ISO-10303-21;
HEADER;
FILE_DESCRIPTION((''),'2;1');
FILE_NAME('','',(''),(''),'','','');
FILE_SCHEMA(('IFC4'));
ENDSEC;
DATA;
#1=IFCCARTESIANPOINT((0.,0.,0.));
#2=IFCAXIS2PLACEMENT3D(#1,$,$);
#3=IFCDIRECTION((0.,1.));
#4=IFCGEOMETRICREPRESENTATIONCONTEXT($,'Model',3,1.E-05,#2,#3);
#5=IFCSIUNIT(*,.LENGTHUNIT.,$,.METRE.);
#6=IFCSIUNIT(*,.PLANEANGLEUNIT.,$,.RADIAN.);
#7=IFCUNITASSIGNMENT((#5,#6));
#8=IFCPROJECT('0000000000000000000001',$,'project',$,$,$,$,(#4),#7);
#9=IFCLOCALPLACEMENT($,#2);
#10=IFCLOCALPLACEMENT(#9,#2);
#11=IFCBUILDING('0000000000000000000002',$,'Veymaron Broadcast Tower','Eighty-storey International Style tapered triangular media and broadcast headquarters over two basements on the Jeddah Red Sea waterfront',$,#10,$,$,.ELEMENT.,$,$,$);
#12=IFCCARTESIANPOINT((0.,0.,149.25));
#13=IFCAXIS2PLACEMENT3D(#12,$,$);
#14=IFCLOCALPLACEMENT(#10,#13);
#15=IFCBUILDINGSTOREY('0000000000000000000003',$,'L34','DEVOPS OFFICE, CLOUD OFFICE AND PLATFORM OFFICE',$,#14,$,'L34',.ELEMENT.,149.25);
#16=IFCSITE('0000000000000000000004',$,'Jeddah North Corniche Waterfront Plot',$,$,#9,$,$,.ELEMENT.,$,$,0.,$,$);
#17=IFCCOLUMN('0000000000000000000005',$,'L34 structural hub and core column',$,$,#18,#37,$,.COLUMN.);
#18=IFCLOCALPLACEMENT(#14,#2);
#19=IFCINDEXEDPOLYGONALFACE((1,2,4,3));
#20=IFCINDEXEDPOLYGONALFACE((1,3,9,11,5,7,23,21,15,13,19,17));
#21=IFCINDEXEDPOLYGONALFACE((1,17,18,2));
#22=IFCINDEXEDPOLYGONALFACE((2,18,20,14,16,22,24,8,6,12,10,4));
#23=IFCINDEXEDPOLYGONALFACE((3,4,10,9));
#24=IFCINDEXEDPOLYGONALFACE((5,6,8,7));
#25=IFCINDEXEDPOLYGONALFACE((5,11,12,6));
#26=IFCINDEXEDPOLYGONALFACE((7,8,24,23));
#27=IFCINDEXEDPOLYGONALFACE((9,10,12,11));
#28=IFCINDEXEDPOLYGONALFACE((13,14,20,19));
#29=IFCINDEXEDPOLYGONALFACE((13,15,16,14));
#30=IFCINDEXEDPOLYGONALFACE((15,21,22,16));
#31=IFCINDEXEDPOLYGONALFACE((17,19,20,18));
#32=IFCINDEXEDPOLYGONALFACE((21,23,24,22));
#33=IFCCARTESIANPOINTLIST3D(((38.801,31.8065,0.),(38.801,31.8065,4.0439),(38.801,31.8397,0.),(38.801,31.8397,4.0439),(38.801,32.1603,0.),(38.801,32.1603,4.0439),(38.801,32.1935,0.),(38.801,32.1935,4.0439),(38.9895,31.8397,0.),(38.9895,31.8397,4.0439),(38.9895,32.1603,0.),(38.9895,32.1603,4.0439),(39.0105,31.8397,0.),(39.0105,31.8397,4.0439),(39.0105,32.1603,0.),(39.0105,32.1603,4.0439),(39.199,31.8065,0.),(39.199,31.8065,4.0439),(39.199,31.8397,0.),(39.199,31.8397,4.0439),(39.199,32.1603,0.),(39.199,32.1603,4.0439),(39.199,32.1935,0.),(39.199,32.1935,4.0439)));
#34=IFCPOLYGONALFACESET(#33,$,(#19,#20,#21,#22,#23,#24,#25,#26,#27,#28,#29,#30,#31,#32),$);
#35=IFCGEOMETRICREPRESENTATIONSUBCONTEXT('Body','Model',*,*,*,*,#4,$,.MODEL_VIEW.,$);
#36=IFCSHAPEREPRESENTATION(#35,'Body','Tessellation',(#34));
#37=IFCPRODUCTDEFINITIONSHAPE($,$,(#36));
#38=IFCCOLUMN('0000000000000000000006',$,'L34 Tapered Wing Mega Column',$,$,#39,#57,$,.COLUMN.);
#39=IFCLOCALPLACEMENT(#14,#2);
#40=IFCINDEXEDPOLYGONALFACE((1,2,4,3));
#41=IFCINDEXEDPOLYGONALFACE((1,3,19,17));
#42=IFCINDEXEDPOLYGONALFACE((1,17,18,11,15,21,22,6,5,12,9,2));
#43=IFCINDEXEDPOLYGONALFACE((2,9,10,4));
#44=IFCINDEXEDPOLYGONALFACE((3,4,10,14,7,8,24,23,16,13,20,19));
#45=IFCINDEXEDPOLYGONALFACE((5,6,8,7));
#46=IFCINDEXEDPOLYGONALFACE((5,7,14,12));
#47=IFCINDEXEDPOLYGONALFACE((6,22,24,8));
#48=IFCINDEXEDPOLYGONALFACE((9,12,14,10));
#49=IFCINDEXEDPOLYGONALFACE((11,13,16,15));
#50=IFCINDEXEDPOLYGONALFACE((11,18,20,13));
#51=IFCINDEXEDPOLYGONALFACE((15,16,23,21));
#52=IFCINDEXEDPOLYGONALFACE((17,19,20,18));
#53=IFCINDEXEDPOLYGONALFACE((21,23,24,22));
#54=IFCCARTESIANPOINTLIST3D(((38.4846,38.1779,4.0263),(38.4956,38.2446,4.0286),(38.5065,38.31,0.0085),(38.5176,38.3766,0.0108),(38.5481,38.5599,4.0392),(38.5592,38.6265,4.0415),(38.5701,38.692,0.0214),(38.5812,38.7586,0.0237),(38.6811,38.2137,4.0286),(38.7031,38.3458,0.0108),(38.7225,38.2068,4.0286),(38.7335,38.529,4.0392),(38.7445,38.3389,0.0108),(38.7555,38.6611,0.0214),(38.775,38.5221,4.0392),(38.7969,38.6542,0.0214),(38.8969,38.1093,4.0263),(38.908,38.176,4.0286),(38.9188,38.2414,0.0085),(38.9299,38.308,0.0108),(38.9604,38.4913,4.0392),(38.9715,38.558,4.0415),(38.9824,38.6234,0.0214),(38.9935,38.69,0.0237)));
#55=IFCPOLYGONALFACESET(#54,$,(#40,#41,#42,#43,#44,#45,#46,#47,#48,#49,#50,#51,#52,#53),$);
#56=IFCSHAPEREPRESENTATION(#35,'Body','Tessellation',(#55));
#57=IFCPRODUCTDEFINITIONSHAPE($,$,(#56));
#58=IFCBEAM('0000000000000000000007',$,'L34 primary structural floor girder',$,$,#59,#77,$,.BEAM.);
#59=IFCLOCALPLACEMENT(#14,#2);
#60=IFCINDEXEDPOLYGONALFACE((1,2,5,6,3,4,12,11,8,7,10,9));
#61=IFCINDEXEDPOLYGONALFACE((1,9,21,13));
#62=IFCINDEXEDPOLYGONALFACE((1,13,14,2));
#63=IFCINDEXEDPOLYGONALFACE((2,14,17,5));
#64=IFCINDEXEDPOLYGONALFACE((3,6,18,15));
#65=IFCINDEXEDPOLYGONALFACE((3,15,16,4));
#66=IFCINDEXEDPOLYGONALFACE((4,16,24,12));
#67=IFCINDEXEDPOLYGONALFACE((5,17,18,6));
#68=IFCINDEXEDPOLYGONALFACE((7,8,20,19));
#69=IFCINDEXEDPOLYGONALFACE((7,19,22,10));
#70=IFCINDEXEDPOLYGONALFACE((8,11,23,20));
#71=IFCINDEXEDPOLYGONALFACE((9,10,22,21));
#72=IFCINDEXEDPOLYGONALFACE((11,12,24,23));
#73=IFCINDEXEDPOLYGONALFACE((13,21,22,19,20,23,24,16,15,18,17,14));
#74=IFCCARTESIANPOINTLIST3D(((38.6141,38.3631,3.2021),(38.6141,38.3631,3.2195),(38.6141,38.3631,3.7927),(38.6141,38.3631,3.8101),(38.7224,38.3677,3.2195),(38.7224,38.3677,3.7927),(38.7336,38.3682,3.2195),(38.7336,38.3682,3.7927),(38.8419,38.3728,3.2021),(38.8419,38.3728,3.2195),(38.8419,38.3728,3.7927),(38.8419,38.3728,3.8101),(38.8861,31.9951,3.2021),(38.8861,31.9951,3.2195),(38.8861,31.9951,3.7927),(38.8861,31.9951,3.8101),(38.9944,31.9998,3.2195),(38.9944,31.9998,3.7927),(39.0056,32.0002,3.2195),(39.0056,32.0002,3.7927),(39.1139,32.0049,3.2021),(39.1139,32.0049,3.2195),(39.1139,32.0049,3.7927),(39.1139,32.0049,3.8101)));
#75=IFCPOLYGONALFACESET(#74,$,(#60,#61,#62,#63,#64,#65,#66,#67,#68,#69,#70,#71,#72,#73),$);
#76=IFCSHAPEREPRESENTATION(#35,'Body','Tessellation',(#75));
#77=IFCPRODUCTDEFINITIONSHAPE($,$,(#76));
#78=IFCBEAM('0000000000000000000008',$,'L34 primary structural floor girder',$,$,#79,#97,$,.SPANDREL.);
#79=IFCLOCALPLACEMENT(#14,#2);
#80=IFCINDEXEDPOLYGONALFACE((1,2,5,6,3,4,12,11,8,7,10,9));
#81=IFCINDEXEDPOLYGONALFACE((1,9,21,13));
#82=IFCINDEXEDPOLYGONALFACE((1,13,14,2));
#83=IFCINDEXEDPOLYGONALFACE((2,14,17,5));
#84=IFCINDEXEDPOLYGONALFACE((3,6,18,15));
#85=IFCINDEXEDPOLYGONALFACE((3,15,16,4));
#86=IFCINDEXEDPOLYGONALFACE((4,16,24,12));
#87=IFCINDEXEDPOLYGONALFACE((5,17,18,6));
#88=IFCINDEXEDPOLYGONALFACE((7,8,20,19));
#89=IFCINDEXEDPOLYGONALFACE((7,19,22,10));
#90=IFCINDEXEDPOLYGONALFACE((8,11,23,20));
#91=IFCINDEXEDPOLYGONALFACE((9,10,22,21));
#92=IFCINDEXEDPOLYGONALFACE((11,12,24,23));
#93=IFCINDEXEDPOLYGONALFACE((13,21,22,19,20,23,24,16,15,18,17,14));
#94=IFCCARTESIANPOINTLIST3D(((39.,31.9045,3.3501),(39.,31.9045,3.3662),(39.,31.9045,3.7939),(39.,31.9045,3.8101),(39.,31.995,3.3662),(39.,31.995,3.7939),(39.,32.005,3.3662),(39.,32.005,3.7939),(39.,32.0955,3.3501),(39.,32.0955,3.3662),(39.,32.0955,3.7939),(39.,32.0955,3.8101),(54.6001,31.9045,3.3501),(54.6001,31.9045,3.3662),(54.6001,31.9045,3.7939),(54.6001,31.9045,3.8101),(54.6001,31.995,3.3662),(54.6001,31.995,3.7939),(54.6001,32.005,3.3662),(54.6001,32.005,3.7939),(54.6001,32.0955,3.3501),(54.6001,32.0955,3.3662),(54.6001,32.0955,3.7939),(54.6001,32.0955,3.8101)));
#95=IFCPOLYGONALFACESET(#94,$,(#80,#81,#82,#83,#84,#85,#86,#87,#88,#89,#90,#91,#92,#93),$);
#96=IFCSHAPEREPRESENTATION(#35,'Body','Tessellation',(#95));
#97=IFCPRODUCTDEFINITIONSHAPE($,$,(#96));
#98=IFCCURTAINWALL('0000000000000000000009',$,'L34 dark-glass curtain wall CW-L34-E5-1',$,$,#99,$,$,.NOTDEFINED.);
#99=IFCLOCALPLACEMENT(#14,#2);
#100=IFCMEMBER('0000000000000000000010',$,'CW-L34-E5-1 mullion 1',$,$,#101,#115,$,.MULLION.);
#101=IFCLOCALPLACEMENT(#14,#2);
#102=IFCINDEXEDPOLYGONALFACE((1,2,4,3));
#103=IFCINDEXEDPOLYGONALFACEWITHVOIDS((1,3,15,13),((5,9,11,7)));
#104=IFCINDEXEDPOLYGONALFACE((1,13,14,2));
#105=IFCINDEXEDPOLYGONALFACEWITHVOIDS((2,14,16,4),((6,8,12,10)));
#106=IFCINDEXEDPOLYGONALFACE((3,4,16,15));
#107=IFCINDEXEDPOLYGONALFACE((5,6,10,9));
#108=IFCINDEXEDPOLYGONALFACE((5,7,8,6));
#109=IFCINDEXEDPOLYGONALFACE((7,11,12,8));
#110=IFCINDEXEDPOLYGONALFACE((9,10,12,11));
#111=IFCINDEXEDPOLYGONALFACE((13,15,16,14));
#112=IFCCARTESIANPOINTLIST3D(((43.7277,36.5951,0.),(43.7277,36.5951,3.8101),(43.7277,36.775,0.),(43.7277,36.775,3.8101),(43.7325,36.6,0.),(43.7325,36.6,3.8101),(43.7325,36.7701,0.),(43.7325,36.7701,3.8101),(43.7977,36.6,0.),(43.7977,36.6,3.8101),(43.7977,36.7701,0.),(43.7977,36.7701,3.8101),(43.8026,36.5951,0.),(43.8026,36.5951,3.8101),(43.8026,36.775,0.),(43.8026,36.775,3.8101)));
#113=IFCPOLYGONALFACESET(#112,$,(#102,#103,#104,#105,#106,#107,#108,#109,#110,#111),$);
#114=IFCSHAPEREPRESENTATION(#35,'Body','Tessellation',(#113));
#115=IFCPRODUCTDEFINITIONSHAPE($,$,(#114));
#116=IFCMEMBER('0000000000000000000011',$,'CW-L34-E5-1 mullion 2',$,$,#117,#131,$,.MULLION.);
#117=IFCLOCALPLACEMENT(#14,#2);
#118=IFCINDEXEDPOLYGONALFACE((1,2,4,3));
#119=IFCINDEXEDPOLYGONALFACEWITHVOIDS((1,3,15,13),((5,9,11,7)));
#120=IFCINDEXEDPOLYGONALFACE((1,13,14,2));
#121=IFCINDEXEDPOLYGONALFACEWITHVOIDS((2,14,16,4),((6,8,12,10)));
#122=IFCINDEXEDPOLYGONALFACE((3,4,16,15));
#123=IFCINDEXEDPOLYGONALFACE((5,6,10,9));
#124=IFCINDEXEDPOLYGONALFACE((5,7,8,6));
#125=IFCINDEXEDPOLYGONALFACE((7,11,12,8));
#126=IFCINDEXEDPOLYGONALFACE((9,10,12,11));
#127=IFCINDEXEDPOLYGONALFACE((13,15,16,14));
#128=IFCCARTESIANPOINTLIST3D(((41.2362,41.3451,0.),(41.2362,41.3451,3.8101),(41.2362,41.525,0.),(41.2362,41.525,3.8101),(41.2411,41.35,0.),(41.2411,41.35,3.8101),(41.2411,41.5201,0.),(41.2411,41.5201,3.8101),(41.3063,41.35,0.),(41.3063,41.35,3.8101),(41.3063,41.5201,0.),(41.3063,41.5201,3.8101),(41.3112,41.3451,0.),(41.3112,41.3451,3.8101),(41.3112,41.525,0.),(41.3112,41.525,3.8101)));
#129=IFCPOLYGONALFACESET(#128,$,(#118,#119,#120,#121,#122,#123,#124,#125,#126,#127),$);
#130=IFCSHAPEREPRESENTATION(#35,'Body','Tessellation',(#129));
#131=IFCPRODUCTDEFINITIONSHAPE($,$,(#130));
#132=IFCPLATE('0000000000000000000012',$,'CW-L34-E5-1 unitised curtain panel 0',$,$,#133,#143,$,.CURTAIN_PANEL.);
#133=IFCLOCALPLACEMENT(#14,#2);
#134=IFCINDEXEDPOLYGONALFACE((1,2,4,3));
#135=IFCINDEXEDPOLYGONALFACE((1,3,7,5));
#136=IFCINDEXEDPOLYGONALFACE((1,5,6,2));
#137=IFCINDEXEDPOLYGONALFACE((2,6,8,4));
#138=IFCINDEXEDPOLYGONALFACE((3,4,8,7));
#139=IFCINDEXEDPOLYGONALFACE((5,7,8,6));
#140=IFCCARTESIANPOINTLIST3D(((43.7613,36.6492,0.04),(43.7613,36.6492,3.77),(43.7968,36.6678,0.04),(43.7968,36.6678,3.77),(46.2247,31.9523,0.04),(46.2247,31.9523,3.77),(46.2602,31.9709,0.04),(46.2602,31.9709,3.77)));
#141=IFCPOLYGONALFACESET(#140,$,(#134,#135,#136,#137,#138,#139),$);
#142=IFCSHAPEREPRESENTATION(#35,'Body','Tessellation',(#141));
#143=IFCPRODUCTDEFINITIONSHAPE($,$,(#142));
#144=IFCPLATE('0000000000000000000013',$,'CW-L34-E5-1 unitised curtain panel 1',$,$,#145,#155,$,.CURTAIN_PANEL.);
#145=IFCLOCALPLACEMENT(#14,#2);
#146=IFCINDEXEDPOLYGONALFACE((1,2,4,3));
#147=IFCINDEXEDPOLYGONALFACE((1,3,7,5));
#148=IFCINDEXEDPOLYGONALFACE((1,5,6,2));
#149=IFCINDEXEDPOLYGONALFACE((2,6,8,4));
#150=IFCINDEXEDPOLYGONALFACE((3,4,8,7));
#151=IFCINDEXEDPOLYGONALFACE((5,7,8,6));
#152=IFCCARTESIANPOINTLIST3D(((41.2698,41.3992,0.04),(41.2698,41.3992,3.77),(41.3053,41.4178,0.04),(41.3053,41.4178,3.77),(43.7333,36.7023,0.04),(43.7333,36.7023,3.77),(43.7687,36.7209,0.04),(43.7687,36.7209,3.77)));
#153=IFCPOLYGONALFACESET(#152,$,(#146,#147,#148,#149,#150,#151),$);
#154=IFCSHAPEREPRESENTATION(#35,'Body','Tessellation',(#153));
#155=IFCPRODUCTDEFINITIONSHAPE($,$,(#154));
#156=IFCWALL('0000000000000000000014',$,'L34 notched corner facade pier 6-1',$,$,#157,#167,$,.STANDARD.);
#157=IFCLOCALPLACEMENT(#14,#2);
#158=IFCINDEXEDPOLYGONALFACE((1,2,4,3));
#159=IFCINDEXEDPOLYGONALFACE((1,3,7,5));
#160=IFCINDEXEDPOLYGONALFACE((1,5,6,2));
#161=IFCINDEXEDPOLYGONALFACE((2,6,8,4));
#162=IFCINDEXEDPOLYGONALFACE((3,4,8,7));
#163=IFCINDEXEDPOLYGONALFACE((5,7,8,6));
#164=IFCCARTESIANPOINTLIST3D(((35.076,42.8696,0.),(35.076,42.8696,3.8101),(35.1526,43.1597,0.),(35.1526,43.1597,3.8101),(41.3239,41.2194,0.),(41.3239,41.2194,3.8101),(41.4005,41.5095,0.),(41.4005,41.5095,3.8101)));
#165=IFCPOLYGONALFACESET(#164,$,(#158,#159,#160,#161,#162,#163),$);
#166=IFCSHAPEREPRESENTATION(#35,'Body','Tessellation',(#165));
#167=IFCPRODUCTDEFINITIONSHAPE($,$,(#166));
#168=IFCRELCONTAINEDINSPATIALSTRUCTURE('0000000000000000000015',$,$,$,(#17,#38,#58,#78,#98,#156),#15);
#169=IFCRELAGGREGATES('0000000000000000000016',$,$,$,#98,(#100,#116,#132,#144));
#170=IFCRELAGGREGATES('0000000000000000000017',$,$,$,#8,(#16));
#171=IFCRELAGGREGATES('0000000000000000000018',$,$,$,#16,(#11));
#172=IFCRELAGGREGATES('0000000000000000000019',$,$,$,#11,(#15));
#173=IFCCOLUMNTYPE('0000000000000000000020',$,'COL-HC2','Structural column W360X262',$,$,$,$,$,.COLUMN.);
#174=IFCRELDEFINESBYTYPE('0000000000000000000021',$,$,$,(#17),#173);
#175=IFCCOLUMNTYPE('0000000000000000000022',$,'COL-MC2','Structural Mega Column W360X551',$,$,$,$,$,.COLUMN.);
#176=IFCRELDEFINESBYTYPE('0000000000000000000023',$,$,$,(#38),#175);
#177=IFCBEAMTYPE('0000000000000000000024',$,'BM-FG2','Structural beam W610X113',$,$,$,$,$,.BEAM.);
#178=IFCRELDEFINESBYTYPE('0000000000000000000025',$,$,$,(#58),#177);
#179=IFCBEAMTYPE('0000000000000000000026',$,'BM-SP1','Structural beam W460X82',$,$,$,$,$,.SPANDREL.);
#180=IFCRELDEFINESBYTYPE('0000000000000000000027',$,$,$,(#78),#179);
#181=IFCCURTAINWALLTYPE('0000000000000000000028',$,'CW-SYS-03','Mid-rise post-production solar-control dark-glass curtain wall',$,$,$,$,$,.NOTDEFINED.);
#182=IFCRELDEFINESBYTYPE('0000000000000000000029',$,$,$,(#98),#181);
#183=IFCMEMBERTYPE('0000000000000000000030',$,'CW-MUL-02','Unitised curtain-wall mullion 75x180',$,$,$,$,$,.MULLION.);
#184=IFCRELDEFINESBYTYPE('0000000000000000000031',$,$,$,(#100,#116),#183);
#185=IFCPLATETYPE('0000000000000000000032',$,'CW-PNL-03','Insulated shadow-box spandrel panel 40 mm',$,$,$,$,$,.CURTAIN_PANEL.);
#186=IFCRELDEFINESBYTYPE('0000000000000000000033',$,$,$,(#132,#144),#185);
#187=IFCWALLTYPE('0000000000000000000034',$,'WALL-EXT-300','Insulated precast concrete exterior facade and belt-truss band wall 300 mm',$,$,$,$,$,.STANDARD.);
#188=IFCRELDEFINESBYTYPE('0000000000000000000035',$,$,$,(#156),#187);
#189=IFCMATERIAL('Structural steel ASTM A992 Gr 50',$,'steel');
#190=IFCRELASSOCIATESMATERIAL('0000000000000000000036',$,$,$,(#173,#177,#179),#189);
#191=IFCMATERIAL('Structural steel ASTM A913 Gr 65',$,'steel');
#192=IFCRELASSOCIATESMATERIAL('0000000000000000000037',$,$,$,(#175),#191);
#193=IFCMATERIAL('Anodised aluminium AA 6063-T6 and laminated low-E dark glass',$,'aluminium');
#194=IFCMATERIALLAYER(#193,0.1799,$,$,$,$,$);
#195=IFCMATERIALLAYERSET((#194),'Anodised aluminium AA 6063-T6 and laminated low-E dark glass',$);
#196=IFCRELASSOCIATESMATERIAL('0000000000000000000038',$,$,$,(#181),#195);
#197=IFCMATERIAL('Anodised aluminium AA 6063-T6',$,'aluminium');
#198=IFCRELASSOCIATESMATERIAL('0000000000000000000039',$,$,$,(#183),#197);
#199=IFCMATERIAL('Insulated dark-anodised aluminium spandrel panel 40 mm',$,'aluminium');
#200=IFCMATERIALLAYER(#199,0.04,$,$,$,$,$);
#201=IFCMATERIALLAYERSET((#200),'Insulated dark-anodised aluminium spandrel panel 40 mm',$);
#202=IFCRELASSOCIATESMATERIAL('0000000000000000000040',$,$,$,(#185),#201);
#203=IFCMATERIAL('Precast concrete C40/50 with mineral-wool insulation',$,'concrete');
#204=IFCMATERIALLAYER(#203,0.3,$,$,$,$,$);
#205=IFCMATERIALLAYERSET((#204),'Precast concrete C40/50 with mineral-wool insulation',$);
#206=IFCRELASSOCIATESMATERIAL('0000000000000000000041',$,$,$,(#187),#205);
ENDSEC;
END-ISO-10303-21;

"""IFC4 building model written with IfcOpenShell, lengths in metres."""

from ifc_helpers import new_model, si_unit, direction, frame, frame_2d, origin, origin_2d, place, context, subcontext, project, spatial, rectangle, hollow_rectangle, i_section, extrude, material, layer, layer_set, material_profile, profile_set, type_object, element, aggregate, save


model = new_model("IFC4")

# Units and contexts
model_context = context("Model", 3, precision=1e-05, world=origin(), true_north=direction((0.0, 1.0)))
body_context = subcontext(model_context, "Body", "Model", "MODEL_VIEW")
ifc_project = project(units=[si_unit("LENGTHUNIT", "METRE"), si_unit("PLANEANGLEUNIT", "RADIAN")], contexts=[model_context])

# Site, building, storey
site_placement = place(None, origin())
site = spatial("IfcSite", under=ifc_project, at=site_placement, Name="Jeddah North Corniche Waterfront Plot", CompositionType="ELEMENT", RefElevation=0.0)
building_placement = place(site_placement, origin())
building = spatial("IfcBuilding", under=site, at=building_placement, Name="Veymaron Broadcast Tower", Description="Eighty-storey International Style tapered triangular media and broadcast headquarters over two basements on the Jeddah Red Sea waterfront", CompositionType="ELEMENT")
storey_placement = place(building_placement, frame((0.0, 0.0, 149.25)))
storey = spatial("IfcBuildingStorey", under=building, at=storey_placement, Name="L34", Description="DEVOPS OFFICE, CLOUD OFFICE AND PLATFORM OFFICE", LongName="L34", CompositionType="ELEMENT", Elevation=149.25)

# Columns
ifc_material_1 = material(Name="Structural steel ASTM A992 Gr 50", Category="steel")
ifc_material_profile_1 = material_profile(ifc_material_1, i_section(OverallWidth=0.3979, OverallDepth=0.387, WebThickness=0.021, FlangeThickness=0.0332, at=origin_2d()), Name="W360X262")
ifc_profile_set_1 = profile_set([ifc_material_profile_1], Name="Structural steel ASTM A992 Gr 50")
column_type_1 = type_object("IfcColumnType", Name="COL-HC2", Description="Structural column W360X262", PredefinedType="COLUMN", material=ifc_profile_set_1)
column_1_placement = place(storey_placement, frame((39.0, 32.0, 0.0), z_axis=(0.0, 0.0, 1.0), x_axis=(1.0, 0.0, 0.0)))
element("IfcColumn", 1, at=column_1_placement, inside=storey, type_object=column_type_1, Name="L34 structural hub and core column", PredefinedType="COLUMN", context=body_context, shape_type="SweptSolid", body=[
    extrude(i_section(OverallWidth=0.3979, OverallDepth=0.387, WebThickness=0.021, FlangeThickness=0.0332, at=origin_2d()), origin(), (0.0, 0.0, 1.0), 4.0439),
])
ifc_material_2 = material(Name="Structural steel ASTM A913 Gr 65", Category="steel")
ifc_material_profile_2 = material_profile(ifc_material_2, i_section(OverallWidth=0.418, OverallDepth=0.4551, WebThickness=0.042, FlangeThickness=0.0676, at=origin_2d()), Name="W360X551")
ifc_profile_set_2 = profile_set([ifc_material_profile_2], Name="Structural steel ASTM A913 Gr 65")
column_type_2 = type_object("IfcColumnType", Name="COL-MC2", Description="Structural Mega Column W360X551", PredefinedType="COLUMN", material=ifc_profile_set_2)
column_2_placement = place(storey_placement, frame((38.75, 38.5, 0.0161), z_axis=(-0.005466, -0.032855, 0.999445), x_axis=(0.986443, -0.164103, 0.0)))
element("IfcColumn", 2, at=column_2_placement, inside=storey, type_object=column_type_2, Name="L34 Tapered Wing Mega Column", PredefinedType="COLUMN", context=body_context, shape_type="SweptSolid", body=[
    extrude(i_section(OverallWidth=0.418, OverallDepth=0.4551, WebThickness=0.042, FlangeThickness=0.0676, at=origin_2d()), origin(), (0.0, 0.0, 1.0), 4.02),
])

# Beams
ifc_material_profile_3 = material_profile(ifc_material_1, i_section(OverallWidth=0.228, OverallDepth=0.6079, WebThickness=0.0112, FlangeThickness=0.0173, at=origin_2d()), Name="W610X113")
ifc_profile_set_3 = profile_set([ifc_material_profile_3], Name="Structural steel ASTM A992 Gr 50")
beam_type_1 = type_object("IfcBeamType", Name="BM-FG2", Description="Structural beam W610X113", PredefinedType="BEAM", material=ifc_profile_set_3)
beam_1_placement = place(storey_placement, frame((39.0, 32.0, 3.5061), z_axis=(-0.042671, 0.999089, 0.0), x_axis=(-0.999089, -0.042671, 0.0)))
element("IfcBeam", 3, at=beam_1_placement, inside=storey, type_object=beam_type_1, Name="L34 primary structural floor girder", PredefinedType="BEAM", context=body_context, shape_type="SweptSolid", body=[
    extrude(i_section(OverallWidth=0.228, OverallDepth=0.6079, WebThickness=0.0112, FlangeThickness=0.0173, at=origin_2d()), origin(), (0.0, 0.0, 1.0), 6.3738),
])
ifc_material_profile_4 = material_profile(ifc_material_1, i_section(OverallWidth=0.1909, OverallDepth=0.46, WebThickness=0.01, FlangeThickness=0.0161, at=origin_2d()), Name="W460X82")
ifc_profile_set_4 = profile_set([ifc_material_profile_4], Name="Structural steel ASTM A992 Gr 50")
beam_type_2 = type_object("IfcBeamType", Name="BM-SP1", Description="Structural beam W460X82", PredefinedType="SPANDREL", material=ifc_profile_set_4)
beam_2_placement = place(storey_placement, frame((39.0, 32.0, 3.5801), z_axis=(1.0, 0.0, 0.0), x_axis=(0.0, 1.0, 0.0)))
element("IfcBeam", 4, at=beam_2_placement, inside=storey, type_object=beam_type_2, Name="L34 primary structural floor girder", PredefinedType="SPANDREL", context=body_context, shape_type="SweptSolid", body=[
    extrude(i_section(OverallWidth=0.1909, OverallDepth=0.46, WebThickness=0.01, FlangeThickness=0.0161, at=origin_2d()), origin(), (0.0, 0.0, 1.0), 15.6001),
])

# Curtain wall, members, plates
ifc_material_3 = material(Name="Anodised aluminium AA 6063-T6 and laminated low-E dark glass", Category="aluminium")
ifc_layer_1 = layer(ifc_material_3, 0.1799)
ifc_layer_set_1 = layer_set([ifc_layer_1], Name="Anodised aluminium AA 6063-T6 and laminated low-E dark glass")
curtain_wall_type = type_object("IfcCurtainWallType", Name="CW-SYS-03", Description="Mid-rise post-production solar-control dark-glass curtain wall", PredefinedType="NOTDEFINED", material=ifc_layer_set_1)
curtain_wall_placement = place(storey_placement, origin())
curtain_wall = element("IfcCurtainWall", 5, at=curtain_wall_placement, inside=storey, type_object=curtain_wall_type, Name="L34 dark-glass curtain wall CW-L34-E5-1", PredefinedType="NOTDEFINED")
ifc_material_4 = material(Name="Anodised aluminium AA 6063-T6", Category="aluminium")
ifc_material_profile_5 = material_profile(ifc_material_4, hollow_rectangle(XDim=0.075, YDim=0.1799, WallThickness=0.0049, at=origin_2d()), Name="AL180X75X5")
ifc_profile_set_5 = profile_set([ifc_material_profile_5], Name="Anodised aluminium AA 6063-T6")
member_type = type_object("IfcMemberType", Name="CW-MUL-02", Description="Unitised curtain-wall mullion 75x180", PredefinedType="MULLION", material=ifc_profile_set_5)
member_1_placement = place(storey_placement, frame((43.7651, 36.6851, 0.0), z_axis=(0.0, 0.0, 1.0), x_axis=(1.0, 0.0, 0.0)))
member_1 = element("IfcMember", 6, at=member_1_placement, type_object=member_type, Name="CW-L34-E5-1 mullion 1", PredefinedType="MULLION", context=body_context, shape_type="SweptSolid", body=[
    extrude(hollow_rectangle(XDim=0.075, YDim=0.1799, WallThickness=0.0049, at=origin_2d()), origin(), (0.0, 0.0, 1.0), 3.8101),
])
member_2_placement = place(storey_placement, frame((41.2737, 41.4351, 0.0), z_axis=(0.0, 0.0, 1.0), x_axis=(1.0, 0.0, 0.0)))
member_2 = element("IfcMember", 7, at=member_2_placement, type_object=member_type, Name="CW-L34-E5-1 mullion 2", PredefinedType="MULLION", context=body_context, shape_type="SweptSolid", body=[
    extrude(hollow_rectangle(XDim=0.075, YDim=0.1799, WallThickness=0.0049, at=origin_2d()), origin(), (0.0, 0.0, 1.0), 3.8101),
])
ifc_material_5 = material(Name="Insulated dark-anodised aluminium spandrel panel 40 mm", Category="aluminium")
ifc_layer_2 = layer(ifc_material_5, 0.04)
ifc_layer_set_2 = layer_set([ifc_layer_2], Name="Insulated dark-anodised aluminium spandrel panel 40 mm")
plate_type = type_object("IfcPlateType", Name="CW-PNL-03", Description="Insulated shadow-box spandrel panel 40 mm", PredefinedType="CURTAIN_PANEL", material=ifc_layer_set_2)
plate_1_placement = place(storey_placement, frame((45.0107, 34.3101, 0.04), z_axis=(0.0, 0.0, 1.0), x_axis=(-0.464471, 0.885588, 0.0)))
plate_1 = element("IfcPlate", 8, at=plate_1_placement, type_object=plate_type, Name="CW-L34-E5-1 unitised curtain panel 0", PredefinedType="CURTAIN_PANEL", context=body_context, shape_type="SweptSolid", body=[
    extrude(rectangle(XDim=5.3037, YDim=0.04, at=origin_2d()), origin(), (0.0, 0.0, 1.0), 3.73),
])
plate_2_placement = place(storey_placement, frame((42.5193, 39.0601, 0.04), z_axis=(0.0, 0.0, 1.0), x_axis=(-0.464471, 0.885588, 0.0)))
plate_2 = element("IfcPlate", 9, at=plate_2_placement, type_object=plate_type, Name="CW-L34-E5-1 unitised curtain panel 1", PredefinedType="CURTAIN_PANEL", context=body_context, shape_type="SweptSolid", body=[
    extrude(rectangle(XDim=5.3037, YDim=0.04, at=origin_2d()), origin(), (0.0, 0.0, 1.0), 3.73),
])
aggregate(curtain_wall, [member_1, member_2, plate_1, plate_2])

# Wall
ifc_material_6 = material(Name="Precast concrete C40/50 with mineral-wool insulation", Category="concrete")
ifc_layer_3 = layer(ifc_material_6, 0.3)
ifc_layer_set_3 = layer_set([ifc_layer_3], Name="Precast concrete C40/50 with mineral-wool insulation")
wall_type_1 = type_object("IfcWallType", Name="WALL-EXT-300", Description="Insulated precast concrete exterior facade and belt-truss band wall 300 mm", PredefinedType="STANDARD", material=ifc_layer_set_3)
wall_1_placement = place(storey_placement, frame((41.3621, 41.3645, 0.0), z_axis=(0.0, 0.0, 1.0), x_axis=(-0.966846, 0.25536, 0.0)))
element("IfcWall", 10, at=wall_1_placement, inside=storey, type_object=wall_type_1, Name="L34 notched corner facade pier 6-1", PredefinedType="STANDARD", context=body_context, shape_type="SweptSolid", body=[
    extrude(rectangle(XDim=6.4622, YDim=0.3, at=frame_2d((3.231, 0.0))), origin(), (0.0, 0.0, 1.0), 3.8101),
])

save(model, "model.ifc")
